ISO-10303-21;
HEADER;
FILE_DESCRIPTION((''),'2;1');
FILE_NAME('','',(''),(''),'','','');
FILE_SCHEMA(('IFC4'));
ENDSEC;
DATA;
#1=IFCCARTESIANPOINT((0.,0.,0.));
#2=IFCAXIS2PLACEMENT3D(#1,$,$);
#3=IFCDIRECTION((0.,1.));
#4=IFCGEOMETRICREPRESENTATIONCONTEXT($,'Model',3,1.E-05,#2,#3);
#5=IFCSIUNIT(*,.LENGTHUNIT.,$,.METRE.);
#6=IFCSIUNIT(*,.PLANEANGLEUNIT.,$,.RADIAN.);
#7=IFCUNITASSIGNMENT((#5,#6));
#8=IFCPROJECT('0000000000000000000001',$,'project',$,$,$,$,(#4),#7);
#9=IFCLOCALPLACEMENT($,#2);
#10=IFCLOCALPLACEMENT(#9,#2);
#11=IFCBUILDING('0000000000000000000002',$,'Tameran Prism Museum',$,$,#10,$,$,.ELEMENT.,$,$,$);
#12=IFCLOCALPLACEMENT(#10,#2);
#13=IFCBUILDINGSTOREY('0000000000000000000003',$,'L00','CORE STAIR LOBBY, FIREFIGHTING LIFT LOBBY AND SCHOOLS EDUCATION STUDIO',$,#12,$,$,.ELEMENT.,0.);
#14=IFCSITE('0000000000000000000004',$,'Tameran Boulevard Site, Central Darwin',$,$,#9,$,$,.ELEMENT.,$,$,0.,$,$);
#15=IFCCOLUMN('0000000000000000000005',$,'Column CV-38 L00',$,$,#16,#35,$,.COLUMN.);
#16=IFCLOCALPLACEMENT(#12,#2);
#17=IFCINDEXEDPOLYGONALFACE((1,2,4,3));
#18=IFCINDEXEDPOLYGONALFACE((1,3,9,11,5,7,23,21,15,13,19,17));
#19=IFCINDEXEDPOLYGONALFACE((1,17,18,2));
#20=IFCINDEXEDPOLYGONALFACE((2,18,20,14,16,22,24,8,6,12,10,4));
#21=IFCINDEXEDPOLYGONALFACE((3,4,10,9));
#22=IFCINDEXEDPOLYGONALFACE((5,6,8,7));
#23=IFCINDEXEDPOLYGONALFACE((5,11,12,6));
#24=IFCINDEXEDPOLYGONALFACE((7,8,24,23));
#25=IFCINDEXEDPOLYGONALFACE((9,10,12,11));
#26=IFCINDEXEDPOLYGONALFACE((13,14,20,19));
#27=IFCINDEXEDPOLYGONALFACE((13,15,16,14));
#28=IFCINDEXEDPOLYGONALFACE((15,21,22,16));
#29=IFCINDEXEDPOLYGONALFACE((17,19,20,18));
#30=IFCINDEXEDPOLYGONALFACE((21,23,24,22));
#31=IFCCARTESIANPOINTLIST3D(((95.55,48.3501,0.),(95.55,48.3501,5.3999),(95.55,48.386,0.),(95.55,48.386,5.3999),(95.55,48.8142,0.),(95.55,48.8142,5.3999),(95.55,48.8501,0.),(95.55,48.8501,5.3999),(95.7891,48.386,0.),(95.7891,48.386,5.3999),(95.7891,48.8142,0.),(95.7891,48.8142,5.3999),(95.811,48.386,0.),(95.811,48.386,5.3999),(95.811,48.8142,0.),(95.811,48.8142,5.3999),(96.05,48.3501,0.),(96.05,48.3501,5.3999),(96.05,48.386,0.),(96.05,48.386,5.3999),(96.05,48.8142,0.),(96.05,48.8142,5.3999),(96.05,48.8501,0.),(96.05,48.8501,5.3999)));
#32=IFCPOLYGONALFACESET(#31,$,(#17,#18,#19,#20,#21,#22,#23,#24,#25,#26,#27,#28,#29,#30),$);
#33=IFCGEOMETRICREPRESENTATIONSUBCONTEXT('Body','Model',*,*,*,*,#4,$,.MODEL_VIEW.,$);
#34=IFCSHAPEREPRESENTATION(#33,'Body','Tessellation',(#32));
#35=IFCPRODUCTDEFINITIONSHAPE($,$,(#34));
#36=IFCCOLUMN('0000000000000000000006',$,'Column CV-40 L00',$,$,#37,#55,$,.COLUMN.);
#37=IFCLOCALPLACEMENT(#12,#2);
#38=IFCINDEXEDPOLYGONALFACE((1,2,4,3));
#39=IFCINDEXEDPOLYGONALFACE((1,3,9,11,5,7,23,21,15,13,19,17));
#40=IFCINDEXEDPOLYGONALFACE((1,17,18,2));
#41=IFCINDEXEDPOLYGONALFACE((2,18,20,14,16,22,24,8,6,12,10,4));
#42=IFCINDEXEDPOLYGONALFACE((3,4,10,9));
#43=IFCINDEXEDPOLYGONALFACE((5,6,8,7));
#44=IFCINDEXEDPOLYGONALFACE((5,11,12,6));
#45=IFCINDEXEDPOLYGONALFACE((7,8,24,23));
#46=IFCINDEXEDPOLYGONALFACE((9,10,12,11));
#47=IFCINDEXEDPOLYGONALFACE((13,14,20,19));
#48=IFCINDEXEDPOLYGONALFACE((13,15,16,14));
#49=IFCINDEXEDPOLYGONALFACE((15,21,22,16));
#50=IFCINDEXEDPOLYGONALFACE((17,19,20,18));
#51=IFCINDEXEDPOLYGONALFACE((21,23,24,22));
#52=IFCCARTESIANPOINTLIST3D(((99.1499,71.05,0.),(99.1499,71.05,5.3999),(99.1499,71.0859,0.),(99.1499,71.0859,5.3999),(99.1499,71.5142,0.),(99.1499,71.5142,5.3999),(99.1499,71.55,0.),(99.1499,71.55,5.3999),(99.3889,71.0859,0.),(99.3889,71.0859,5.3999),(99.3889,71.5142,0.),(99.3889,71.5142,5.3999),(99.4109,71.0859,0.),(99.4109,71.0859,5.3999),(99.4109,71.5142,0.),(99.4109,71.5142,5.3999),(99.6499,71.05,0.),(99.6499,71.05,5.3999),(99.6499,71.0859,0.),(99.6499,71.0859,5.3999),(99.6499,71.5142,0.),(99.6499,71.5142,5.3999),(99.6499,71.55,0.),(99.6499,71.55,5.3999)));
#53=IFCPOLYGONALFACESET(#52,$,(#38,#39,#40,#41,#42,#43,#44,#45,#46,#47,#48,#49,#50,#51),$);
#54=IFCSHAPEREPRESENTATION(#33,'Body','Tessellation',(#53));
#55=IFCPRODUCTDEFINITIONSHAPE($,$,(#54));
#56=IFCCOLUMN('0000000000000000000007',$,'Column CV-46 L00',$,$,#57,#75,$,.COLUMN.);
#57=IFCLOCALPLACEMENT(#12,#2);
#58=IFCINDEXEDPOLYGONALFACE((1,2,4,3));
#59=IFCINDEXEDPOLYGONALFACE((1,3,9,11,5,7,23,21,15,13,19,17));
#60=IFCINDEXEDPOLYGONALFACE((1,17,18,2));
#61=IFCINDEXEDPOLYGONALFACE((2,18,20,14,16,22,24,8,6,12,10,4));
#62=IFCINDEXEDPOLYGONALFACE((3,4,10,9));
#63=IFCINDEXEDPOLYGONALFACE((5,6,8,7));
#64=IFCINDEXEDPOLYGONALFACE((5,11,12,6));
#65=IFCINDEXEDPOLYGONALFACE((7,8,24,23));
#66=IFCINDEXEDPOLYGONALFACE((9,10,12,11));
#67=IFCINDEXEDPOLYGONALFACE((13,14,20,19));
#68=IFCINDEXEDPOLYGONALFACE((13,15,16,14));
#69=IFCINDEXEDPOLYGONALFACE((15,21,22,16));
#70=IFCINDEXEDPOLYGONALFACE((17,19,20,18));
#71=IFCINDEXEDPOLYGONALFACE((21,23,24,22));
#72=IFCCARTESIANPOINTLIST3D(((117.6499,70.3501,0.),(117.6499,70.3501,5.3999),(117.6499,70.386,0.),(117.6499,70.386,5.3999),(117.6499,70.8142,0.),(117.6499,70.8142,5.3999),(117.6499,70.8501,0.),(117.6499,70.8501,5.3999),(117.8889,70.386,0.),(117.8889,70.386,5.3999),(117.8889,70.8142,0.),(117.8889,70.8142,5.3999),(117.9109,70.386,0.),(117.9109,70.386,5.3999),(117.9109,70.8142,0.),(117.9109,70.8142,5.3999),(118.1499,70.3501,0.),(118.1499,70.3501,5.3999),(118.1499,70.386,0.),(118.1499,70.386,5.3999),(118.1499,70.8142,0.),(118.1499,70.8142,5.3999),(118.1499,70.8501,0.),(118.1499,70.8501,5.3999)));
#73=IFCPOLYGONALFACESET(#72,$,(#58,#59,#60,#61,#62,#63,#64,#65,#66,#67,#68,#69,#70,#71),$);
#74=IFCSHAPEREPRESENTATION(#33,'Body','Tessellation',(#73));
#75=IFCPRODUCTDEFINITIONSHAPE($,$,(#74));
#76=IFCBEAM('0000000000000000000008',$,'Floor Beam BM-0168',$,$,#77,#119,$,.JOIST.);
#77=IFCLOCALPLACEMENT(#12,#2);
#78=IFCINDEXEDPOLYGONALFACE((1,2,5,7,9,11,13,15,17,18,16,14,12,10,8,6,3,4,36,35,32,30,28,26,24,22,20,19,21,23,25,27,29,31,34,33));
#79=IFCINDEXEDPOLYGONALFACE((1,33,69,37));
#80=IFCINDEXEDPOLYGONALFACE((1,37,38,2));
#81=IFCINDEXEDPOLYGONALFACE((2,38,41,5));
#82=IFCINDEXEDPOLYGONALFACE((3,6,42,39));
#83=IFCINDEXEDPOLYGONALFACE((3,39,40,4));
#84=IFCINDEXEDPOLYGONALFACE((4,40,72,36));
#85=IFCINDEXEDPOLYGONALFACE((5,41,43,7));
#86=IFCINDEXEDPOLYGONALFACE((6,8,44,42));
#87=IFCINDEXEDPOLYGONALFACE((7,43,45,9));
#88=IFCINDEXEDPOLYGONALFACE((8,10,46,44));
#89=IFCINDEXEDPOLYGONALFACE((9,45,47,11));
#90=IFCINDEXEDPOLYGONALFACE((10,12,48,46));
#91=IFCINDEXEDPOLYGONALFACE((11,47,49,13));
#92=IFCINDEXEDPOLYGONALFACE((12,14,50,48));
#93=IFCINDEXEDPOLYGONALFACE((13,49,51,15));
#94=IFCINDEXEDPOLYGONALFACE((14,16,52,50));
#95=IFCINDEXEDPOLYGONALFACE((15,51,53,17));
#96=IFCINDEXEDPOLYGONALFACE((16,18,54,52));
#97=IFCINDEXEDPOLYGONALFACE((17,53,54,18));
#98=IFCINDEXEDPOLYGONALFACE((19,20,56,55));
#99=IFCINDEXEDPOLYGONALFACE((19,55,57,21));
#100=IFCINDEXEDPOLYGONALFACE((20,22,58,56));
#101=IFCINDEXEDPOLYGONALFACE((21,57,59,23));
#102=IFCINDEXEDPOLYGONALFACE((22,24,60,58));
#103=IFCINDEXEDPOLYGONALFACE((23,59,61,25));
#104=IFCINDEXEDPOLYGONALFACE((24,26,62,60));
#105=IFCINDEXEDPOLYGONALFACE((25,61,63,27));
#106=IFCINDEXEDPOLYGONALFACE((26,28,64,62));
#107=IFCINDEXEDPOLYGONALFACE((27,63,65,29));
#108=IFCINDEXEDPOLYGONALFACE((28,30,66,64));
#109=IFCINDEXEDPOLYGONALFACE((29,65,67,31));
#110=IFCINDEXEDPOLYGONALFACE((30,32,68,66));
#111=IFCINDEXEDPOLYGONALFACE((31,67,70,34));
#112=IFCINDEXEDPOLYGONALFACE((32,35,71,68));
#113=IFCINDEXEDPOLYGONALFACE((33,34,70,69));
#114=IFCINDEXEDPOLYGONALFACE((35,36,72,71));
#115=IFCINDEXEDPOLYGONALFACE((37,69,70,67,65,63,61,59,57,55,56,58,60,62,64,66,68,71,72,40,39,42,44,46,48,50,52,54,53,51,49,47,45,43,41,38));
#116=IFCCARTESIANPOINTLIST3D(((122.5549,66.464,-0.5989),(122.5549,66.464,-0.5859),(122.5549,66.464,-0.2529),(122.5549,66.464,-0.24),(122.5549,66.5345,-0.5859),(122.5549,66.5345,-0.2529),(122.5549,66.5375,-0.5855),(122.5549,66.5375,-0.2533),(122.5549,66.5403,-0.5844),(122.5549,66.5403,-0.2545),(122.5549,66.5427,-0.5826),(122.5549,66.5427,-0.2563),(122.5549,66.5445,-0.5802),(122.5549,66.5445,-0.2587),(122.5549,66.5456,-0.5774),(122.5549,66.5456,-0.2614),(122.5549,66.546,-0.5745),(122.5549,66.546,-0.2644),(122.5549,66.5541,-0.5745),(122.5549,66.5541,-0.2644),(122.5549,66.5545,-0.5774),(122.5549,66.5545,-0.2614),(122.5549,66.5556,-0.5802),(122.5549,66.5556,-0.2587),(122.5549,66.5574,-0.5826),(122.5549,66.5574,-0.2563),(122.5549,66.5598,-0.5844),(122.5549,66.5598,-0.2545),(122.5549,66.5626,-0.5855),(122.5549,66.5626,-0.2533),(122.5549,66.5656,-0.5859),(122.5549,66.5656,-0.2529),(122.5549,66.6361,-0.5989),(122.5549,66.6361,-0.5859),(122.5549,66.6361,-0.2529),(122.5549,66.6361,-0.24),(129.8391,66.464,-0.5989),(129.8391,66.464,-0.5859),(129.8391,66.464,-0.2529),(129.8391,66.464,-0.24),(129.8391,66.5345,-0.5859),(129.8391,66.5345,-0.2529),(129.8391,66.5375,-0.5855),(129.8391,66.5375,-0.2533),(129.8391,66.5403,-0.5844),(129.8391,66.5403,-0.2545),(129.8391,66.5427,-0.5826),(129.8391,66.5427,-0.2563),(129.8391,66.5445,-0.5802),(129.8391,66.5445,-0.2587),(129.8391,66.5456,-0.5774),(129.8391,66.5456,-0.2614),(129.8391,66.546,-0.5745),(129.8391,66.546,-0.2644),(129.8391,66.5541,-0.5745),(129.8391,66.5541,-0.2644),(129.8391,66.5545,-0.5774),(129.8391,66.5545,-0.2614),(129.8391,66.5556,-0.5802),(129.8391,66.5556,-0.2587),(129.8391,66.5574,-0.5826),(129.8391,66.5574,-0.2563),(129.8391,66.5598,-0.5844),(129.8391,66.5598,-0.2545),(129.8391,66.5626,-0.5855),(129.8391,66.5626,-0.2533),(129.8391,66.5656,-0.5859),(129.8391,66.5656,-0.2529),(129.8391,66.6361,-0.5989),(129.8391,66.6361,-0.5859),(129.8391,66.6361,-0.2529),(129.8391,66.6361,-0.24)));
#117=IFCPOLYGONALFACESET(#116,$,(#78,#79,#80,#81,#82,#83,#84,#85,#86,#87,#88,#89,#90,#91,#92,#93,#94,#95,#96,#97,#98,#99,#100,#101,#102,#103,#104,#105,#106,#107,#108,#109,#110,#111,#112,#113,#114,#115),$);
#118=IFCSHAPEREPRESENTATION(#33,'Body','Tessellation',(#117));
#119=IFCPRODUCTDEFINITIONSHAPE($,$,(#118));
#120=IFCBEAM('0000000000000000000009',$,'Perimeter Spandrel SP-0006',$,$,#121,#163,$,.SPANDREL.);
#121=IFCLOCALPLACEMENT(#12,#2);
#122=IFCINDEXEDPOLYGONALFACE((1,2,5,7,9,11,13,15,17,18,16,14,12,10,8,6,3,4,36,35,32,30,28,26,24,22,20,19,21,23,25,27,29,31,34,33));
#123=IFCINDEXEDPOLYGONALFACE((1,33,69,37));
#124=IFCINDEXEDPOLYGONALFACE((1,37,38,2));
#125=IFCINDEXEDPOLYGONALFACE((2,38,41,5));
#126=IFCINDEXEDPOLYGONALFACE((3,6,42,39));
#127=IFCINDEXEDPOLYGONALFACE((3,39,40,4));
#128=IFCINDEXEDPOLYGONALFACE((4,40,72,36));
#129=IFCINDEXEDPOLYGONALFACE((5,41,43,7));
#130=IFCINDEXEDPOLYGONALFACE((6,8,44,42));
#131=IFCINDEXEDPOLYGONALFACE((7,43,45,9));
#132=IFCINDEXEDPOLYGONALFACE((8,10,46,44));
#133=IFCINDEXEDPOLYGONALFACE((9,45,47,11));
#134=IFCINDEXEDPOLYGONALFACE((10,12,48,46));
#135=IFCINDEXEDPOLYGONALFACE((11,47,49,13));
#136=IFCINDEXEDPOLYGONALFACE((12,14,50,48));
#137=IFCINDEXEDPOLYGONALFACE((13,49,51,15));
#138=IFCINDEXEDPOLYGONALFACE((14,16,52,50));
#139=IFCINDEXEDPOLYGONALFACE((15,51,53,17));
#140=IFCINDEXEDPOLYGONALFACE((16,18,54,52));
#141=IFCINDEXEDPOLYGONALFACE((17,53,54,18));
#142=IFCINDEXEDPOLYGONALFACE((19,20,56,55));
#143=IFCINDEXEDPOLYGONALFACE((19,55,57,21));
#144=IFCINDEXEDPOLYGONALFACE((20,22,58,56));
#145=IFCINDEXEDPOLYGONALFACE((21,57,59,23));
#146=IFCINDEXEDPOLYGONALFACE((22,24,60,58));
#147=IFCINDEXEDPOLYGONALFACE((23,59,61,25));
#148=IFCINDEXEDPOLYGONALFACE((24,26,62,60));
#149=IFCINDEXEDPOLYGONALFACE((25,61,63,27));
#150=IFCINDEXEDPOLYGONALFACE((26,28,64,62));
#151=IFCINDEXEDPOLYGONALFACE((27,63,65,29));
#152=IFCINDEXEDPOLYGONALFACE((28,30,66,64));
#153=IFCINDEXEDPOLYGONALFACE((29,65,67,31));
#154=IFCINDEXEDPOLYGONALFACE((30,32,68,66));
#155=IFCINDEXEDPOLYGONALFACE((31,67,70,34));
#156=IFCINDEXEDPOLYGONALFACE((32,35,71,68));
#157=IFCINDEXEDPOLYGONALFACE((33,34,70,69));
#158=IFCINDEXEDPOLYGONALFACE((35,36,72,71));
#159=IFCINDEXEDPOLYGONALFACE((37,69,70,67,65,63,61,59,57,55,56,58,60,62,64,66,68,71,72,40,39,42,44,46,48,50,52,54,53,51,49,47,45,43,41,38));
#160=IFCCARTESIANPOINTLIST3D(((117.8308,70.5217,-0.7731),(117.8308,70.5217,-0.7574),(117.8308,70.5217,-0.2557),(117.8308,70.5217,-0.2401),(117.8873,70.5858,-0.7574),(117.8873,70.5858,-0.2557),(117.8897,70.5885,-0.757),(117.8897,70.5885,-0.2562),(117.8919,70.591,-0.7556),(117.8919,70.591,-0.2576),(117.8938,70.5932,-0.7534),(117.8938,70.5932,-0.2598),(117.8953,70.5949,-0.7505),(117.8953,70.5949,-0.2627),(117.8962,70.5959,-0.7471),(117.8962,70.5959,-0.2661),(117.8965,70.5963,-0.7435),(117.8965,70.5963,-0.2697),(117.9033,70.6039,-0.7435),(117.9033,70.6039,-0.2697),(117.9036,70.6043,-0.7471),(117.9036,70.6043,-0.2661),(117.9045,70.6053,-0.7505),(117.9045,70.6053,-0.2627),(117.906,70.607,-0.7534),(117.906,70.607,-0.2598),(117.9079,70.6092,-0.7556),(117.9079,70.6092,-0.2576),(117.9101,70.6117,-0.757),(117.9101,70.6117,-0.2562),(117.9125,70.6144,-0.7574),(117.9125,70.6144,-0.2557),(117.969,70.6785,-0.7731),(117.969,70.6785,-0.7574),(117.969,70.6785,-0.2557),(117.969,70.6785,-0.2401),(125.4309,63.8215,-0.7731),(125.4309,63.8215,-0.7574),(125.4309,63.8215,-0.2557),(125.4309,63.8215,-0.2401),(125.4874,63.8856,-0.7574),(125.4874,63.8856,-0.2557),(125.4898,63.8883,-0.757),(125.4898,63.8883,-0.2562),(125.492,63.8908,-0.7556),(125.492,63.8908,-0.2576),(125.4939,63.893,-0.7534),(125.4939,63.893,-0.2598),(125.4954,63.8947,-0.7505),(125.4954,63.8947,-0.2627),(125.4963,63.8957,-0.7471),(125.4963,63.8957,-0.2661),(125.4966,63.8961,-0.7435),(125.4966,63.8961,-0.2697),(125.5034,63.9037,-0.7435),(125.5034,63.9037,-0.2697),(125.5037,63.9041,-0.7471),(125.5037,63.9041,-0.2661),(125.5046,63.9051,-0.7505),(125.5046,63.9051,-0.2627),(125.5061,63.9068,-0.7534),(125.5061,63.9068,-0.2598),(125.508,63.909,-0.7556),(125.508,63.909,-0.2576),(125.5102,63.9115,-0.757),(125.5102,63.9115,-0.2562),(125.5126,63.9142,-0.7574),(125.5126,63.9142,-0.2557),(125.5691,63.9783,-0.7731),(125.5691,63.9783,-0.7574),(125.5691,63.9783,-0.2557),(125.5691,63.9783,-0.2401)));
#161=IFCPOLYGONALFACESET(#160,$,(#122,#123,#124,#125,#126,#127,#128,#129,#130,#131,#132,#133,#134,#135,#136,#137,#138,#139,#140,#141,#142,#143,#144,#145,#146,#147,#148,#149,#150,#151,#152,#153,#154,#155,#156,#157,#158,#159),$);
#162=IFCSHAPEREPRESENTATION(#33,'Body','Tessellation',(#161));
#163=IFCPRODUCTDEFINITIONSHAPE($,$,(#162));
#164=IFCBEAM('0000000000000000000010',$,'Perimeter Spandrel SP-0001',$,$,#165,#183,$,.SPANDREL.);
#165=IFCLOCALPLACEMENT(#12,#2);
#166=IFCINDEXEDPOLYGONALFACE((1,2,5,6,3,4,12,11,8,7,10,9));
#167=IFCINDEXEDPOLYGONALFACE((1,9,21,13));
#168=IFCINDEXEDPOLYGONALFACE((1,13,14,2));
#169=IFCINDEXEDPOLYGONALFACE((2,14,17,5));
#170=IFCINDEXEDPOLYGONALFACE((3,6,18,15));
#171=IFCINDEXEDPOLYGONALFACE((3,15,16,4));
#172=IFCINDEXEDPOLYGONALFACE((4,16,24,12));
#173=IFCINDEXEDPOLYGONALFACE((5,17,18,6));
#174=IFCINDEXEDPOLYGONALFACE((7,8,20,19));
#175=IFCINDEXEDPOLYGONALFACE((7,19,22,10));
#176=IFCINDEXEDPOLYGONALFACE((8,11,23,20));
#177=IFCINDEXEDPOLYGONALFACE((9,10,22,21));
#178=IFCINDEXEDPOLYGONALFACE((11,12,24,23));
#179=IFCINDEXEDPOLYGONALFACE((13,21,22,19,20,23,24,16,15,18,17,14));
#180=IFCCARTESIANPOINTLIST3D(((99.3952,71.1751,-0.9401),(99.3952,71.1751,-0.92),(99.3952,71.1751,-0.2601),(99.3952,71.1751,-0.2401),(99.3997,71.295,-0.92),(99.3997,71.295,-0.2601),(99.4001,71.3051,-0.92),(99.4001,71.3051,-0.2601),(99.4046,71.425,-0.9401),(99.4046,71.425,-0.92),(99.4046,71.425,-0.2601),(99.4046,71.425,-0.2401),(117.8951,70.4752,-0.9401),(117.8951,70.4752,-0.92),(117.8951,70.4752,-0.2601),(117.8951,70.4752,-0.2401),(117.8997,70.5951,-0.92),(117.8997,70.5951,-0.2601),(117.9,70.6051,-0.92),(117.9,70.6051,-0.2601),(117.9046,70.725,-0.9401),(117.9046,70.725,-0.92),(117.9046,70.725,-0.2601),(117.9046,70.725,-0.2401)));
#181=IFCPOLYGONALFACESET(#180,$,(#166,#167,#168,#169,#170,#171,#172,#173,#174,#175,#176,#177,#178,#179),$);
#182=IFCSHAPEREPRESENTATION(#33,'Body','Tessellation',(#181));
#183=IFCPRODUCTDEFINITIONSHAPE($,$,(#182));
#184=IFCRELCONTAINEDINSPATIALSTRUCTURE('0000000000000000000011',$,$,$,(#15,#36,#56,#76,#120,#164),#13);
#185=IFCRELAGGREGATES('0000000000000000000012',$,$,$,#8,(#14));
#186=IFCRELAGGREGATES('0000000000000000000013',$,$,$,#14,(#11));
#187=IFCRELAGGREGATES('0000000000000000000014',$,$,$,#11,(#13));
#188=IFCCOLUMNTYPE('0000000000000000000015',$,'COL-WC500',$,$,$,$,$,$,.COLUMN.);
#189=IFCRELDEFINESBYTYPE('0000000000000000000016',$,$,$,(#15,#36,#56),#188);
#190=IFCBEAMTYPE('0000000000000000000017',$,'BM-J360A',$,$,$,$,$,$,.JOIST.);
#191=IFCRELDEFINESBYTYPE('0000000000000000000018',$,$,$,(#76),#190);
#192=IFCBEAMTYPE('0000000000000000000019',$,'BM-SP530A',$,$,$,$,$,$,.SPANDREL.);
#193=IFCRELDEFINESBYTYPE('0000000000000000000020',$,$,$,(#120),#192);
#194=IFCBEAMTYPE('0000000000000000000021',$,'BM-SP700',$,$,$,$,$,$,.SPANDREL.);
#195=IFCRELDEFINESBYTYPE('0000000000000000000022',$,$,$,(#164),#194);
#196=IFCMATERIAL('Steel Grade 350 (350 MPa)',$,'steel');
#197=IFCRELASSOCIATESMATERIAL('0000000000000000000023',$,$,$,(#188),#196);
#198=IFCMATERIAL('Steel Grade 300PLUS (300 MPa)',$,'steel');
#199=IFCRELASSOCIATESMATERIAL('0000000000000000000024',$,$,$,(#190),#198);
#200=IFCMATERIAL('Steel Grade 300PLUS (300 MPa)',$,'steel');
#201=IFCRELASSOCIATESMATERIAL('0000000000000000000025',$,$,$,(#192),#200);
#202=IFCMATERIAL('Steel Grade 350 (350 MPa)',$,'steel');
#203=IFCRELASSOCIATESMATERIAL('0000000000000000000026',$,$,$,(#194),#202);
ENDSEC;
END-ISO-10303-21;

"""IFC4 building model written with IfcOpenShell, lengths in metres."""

from ifc_helpers import new_model, si_unit, direction, frame, origin, origin_2d, place, context, subcontext, project, spatial, i_section, extrude, material, material_profile, profile_set, type_object, element, save


model = new_model("IFC4")

# Units and contexts
model_context = context("Model", 3, precision=1e-05, world=origin(), true_north=direction((0.0, 1.0)))
body_context = subcontext(model_context, "Body", "Model", "MODEL_VIEW")
ifc_project = project(units=[si_unit("LENGTHUNIT", "METRE"), si_unit("PLANEANGLEUNIT", "RADIAN")], contexts=[model_context])

# Site, building, storey
site_placement = place(None, origin())
site = spatial("IfcSite", under=ifc_project, at=site_placement, Name="Tameran Boulevard Site, Central Darwin", CompositionType="ELEMENT", RefElevation=0.0)
building_placement = place(site_placement, origin())
building = spatial("IfcBuilding", under=site, at=building_placement, Name="Tameran Prism Museum", CompositionType="ELEMENT")
storey_placement = place(building_placement, origin())
storey = spatial("IfcBuildingStorey", under=building, at=storey_placement, Name="L00", Description="CORE STAIR LOBBY, FIREFIGHTING LIFT LOBBY AND SCHOOLS EDUCATION STUDIO", CompositionType="ELEMENT", Elevation=0.0)

# Columns
ifc_material_1 = material(Name="Steel Grade 350 (350 MPa)", Category="steel")
ifc_material_profile_1 = material_profile(ifc_material_1, i_section(OverallWidth=0.5, OverallDepth=0.5, WebThickness=0.022, FlangeThickness=0.0359, at=origin_2d()))
ifc_profile_set_1 = profile_set([ifc_material_profile_1])
column_type = type_object("IfcColumnType", Name="COL-WC500", PredefinedType="COLUMN", material=ifc_profile_set_1)
for number, where, z_axis, x_axis, name in (
    (1, (95.8, 48.6001, 0.0), (0.0, 0.0, 1.0), (1.0, 0.0, 0.0), "Column CV-38 L00"),
    (2, (99.3999, 71.3, 0.0), (0.0, 0.0, 1.0), (1.0, 0.0, 0.0), "Column CV-40 L00"),
    (3, (117.8999, 70.6001, 0.0), (0.0, 0.0, 1.0), (1.0, 0.0, 0.0), "Column CV-46 L00"),
):
    element("IfcColumn", number, at=place(storey_placement, frame(where, z_axis=z_axis, x_axis=x_axis)), inside=storey, type_object=column_type, Name=name, PredefinedType="COLUMN", context=body_context, shape_type="SweptSolid", body=[
        extrude(i_section(OverallWidth=0.5, OverallDepth=0.5, WebThickness=0.022, FlangeThickness=0.0359, at=origin_2d()), origin(), (0.0, 0.0, 1.0), 5.3999),
    ])

# Beams
ifc_material_2 = material(Name="Steel Grade 300PLUS (300 MPa)", Category="steel")
ifc_material_profile_2 = material_profile(ifc_material_2, i_section(OverallWidth=0.1721, OverallDepth=0.3589, WebThickness=0.0081, FlangeThickness=0.0129, FilletRadius=0.0115, at=origin_2d()))
ifc_profile_set_2 = profile_set([ifc_material_profile_2])
beam_type_1 = type_object("IfcBeamType", Name="BM-J360A", PredefinedType="JOIST", material=ifc_profile_set_2)
beam_1_placement = place(storey_placement, frame((122.5549, 66.55, -0.4194), z_axis=(1.0, 0.0, 0.0), x_axis=(0.0, 1.0, 0.0)))
element("IfcBeam", 4, at=beam_1_placement, inside=storey, type_object=beam_type_1, Name="Floor Beam BM-0168", PredefinedType="JOIST", context=body_context, shape_type="SweptSolid", body=[
    extrude(i_section(OverallWidth=0.1721, OverallDepth=0.3589, WebThickness=0.0081, FlangeThickness=0.0129, FilletRadius=0.0115, at=origin_2d()), origin(), (0.0, 0.0, 1.0), 7.2842),
])
ifc_material_3 = material(Name="Steel Grade 300PLUS (300 MPa)", Category="steel")
ifc_material_profile_3 = material_profile(ifc_material_3, i_section(OverallWidth=0.209, OverallDepth=0.533, WebThickness=0.0103, FlangeThickness=0.0156, FilletRadius=0.0139, at=origin_2d()))
ifc_profile_set_3 = profile_set([ifc_material_profile_3])
beam_type_2 = type_object("IfcBeamType", Name="BM-SP530A", PredefinedType="SPANDREL", material=ifc_profile_set_3)
beam_2_placement = place(storey_placement, frame((117.8999, 70.6001, -0.5066), z_axis=(0.75012, -0.661301, 0.0), x_axis=(0.661301, 0.75012, 0.0)))
element("IfcBeam", 5, at=beam_2_placement, inside=storey, type_object=beam_type_2, Name="Perimeter Spandrel SP-0006", PredefinedType="SPANDREL", context=body_context, shape_type="SweptSolid", body=[
    extrude(i_section(OverallWidth=0.209, OverallDepth=0.533, WebThickness=0.0103, FlangeThickness=0.0156, FilletRadius=0.0139, at=origin_2d()), origin(), (0.0, 0.0, 1.0), 10.1318),
])
ifc_material_4 = material(Name="Steel Grade 350 (350 MPa)", Category="steel")
ifc_material_profile_4 = material_profile(ifc_material_4, i_section(OverallWidth=0.25, OverallDepth=0.7, WebThickness=0.01, FlangeThickness=0.02, at=origin_2d()))
ifc_profile_set_4 = profile_set([ifc_material_profile_4])
beam_type_3 = type_object("IfcBeamType", Name="BM-SP700", PredefinedType="SPANDREL", material=ifc_profile_set_4)
beam_3_placement = place(storey_placement, frame((99.3999, 71.3, -0.5901), z_axis=(0.999285, -0.037808, 0.0), x_axis=(0.037808, 0.999285, 0.0)))
element("IfcBeam", 6, at=beam_3_placement, inside=storey, type_object=beam_type_3, Name="Perimeter Spandrel SP-0001", PredefinedType="SPANDREL", context=body_context, shape_type="SweptSolid", body=[
    extrude(i_section(OverallWidth=0.25, OverallDepth=0.7, WebThickness=0.01, FlangeThickness=0.02, at=origin_2d()), origin(), (0.0, 0.0, 1.0), 18.5132),
])

save(model, "model.ifc")
